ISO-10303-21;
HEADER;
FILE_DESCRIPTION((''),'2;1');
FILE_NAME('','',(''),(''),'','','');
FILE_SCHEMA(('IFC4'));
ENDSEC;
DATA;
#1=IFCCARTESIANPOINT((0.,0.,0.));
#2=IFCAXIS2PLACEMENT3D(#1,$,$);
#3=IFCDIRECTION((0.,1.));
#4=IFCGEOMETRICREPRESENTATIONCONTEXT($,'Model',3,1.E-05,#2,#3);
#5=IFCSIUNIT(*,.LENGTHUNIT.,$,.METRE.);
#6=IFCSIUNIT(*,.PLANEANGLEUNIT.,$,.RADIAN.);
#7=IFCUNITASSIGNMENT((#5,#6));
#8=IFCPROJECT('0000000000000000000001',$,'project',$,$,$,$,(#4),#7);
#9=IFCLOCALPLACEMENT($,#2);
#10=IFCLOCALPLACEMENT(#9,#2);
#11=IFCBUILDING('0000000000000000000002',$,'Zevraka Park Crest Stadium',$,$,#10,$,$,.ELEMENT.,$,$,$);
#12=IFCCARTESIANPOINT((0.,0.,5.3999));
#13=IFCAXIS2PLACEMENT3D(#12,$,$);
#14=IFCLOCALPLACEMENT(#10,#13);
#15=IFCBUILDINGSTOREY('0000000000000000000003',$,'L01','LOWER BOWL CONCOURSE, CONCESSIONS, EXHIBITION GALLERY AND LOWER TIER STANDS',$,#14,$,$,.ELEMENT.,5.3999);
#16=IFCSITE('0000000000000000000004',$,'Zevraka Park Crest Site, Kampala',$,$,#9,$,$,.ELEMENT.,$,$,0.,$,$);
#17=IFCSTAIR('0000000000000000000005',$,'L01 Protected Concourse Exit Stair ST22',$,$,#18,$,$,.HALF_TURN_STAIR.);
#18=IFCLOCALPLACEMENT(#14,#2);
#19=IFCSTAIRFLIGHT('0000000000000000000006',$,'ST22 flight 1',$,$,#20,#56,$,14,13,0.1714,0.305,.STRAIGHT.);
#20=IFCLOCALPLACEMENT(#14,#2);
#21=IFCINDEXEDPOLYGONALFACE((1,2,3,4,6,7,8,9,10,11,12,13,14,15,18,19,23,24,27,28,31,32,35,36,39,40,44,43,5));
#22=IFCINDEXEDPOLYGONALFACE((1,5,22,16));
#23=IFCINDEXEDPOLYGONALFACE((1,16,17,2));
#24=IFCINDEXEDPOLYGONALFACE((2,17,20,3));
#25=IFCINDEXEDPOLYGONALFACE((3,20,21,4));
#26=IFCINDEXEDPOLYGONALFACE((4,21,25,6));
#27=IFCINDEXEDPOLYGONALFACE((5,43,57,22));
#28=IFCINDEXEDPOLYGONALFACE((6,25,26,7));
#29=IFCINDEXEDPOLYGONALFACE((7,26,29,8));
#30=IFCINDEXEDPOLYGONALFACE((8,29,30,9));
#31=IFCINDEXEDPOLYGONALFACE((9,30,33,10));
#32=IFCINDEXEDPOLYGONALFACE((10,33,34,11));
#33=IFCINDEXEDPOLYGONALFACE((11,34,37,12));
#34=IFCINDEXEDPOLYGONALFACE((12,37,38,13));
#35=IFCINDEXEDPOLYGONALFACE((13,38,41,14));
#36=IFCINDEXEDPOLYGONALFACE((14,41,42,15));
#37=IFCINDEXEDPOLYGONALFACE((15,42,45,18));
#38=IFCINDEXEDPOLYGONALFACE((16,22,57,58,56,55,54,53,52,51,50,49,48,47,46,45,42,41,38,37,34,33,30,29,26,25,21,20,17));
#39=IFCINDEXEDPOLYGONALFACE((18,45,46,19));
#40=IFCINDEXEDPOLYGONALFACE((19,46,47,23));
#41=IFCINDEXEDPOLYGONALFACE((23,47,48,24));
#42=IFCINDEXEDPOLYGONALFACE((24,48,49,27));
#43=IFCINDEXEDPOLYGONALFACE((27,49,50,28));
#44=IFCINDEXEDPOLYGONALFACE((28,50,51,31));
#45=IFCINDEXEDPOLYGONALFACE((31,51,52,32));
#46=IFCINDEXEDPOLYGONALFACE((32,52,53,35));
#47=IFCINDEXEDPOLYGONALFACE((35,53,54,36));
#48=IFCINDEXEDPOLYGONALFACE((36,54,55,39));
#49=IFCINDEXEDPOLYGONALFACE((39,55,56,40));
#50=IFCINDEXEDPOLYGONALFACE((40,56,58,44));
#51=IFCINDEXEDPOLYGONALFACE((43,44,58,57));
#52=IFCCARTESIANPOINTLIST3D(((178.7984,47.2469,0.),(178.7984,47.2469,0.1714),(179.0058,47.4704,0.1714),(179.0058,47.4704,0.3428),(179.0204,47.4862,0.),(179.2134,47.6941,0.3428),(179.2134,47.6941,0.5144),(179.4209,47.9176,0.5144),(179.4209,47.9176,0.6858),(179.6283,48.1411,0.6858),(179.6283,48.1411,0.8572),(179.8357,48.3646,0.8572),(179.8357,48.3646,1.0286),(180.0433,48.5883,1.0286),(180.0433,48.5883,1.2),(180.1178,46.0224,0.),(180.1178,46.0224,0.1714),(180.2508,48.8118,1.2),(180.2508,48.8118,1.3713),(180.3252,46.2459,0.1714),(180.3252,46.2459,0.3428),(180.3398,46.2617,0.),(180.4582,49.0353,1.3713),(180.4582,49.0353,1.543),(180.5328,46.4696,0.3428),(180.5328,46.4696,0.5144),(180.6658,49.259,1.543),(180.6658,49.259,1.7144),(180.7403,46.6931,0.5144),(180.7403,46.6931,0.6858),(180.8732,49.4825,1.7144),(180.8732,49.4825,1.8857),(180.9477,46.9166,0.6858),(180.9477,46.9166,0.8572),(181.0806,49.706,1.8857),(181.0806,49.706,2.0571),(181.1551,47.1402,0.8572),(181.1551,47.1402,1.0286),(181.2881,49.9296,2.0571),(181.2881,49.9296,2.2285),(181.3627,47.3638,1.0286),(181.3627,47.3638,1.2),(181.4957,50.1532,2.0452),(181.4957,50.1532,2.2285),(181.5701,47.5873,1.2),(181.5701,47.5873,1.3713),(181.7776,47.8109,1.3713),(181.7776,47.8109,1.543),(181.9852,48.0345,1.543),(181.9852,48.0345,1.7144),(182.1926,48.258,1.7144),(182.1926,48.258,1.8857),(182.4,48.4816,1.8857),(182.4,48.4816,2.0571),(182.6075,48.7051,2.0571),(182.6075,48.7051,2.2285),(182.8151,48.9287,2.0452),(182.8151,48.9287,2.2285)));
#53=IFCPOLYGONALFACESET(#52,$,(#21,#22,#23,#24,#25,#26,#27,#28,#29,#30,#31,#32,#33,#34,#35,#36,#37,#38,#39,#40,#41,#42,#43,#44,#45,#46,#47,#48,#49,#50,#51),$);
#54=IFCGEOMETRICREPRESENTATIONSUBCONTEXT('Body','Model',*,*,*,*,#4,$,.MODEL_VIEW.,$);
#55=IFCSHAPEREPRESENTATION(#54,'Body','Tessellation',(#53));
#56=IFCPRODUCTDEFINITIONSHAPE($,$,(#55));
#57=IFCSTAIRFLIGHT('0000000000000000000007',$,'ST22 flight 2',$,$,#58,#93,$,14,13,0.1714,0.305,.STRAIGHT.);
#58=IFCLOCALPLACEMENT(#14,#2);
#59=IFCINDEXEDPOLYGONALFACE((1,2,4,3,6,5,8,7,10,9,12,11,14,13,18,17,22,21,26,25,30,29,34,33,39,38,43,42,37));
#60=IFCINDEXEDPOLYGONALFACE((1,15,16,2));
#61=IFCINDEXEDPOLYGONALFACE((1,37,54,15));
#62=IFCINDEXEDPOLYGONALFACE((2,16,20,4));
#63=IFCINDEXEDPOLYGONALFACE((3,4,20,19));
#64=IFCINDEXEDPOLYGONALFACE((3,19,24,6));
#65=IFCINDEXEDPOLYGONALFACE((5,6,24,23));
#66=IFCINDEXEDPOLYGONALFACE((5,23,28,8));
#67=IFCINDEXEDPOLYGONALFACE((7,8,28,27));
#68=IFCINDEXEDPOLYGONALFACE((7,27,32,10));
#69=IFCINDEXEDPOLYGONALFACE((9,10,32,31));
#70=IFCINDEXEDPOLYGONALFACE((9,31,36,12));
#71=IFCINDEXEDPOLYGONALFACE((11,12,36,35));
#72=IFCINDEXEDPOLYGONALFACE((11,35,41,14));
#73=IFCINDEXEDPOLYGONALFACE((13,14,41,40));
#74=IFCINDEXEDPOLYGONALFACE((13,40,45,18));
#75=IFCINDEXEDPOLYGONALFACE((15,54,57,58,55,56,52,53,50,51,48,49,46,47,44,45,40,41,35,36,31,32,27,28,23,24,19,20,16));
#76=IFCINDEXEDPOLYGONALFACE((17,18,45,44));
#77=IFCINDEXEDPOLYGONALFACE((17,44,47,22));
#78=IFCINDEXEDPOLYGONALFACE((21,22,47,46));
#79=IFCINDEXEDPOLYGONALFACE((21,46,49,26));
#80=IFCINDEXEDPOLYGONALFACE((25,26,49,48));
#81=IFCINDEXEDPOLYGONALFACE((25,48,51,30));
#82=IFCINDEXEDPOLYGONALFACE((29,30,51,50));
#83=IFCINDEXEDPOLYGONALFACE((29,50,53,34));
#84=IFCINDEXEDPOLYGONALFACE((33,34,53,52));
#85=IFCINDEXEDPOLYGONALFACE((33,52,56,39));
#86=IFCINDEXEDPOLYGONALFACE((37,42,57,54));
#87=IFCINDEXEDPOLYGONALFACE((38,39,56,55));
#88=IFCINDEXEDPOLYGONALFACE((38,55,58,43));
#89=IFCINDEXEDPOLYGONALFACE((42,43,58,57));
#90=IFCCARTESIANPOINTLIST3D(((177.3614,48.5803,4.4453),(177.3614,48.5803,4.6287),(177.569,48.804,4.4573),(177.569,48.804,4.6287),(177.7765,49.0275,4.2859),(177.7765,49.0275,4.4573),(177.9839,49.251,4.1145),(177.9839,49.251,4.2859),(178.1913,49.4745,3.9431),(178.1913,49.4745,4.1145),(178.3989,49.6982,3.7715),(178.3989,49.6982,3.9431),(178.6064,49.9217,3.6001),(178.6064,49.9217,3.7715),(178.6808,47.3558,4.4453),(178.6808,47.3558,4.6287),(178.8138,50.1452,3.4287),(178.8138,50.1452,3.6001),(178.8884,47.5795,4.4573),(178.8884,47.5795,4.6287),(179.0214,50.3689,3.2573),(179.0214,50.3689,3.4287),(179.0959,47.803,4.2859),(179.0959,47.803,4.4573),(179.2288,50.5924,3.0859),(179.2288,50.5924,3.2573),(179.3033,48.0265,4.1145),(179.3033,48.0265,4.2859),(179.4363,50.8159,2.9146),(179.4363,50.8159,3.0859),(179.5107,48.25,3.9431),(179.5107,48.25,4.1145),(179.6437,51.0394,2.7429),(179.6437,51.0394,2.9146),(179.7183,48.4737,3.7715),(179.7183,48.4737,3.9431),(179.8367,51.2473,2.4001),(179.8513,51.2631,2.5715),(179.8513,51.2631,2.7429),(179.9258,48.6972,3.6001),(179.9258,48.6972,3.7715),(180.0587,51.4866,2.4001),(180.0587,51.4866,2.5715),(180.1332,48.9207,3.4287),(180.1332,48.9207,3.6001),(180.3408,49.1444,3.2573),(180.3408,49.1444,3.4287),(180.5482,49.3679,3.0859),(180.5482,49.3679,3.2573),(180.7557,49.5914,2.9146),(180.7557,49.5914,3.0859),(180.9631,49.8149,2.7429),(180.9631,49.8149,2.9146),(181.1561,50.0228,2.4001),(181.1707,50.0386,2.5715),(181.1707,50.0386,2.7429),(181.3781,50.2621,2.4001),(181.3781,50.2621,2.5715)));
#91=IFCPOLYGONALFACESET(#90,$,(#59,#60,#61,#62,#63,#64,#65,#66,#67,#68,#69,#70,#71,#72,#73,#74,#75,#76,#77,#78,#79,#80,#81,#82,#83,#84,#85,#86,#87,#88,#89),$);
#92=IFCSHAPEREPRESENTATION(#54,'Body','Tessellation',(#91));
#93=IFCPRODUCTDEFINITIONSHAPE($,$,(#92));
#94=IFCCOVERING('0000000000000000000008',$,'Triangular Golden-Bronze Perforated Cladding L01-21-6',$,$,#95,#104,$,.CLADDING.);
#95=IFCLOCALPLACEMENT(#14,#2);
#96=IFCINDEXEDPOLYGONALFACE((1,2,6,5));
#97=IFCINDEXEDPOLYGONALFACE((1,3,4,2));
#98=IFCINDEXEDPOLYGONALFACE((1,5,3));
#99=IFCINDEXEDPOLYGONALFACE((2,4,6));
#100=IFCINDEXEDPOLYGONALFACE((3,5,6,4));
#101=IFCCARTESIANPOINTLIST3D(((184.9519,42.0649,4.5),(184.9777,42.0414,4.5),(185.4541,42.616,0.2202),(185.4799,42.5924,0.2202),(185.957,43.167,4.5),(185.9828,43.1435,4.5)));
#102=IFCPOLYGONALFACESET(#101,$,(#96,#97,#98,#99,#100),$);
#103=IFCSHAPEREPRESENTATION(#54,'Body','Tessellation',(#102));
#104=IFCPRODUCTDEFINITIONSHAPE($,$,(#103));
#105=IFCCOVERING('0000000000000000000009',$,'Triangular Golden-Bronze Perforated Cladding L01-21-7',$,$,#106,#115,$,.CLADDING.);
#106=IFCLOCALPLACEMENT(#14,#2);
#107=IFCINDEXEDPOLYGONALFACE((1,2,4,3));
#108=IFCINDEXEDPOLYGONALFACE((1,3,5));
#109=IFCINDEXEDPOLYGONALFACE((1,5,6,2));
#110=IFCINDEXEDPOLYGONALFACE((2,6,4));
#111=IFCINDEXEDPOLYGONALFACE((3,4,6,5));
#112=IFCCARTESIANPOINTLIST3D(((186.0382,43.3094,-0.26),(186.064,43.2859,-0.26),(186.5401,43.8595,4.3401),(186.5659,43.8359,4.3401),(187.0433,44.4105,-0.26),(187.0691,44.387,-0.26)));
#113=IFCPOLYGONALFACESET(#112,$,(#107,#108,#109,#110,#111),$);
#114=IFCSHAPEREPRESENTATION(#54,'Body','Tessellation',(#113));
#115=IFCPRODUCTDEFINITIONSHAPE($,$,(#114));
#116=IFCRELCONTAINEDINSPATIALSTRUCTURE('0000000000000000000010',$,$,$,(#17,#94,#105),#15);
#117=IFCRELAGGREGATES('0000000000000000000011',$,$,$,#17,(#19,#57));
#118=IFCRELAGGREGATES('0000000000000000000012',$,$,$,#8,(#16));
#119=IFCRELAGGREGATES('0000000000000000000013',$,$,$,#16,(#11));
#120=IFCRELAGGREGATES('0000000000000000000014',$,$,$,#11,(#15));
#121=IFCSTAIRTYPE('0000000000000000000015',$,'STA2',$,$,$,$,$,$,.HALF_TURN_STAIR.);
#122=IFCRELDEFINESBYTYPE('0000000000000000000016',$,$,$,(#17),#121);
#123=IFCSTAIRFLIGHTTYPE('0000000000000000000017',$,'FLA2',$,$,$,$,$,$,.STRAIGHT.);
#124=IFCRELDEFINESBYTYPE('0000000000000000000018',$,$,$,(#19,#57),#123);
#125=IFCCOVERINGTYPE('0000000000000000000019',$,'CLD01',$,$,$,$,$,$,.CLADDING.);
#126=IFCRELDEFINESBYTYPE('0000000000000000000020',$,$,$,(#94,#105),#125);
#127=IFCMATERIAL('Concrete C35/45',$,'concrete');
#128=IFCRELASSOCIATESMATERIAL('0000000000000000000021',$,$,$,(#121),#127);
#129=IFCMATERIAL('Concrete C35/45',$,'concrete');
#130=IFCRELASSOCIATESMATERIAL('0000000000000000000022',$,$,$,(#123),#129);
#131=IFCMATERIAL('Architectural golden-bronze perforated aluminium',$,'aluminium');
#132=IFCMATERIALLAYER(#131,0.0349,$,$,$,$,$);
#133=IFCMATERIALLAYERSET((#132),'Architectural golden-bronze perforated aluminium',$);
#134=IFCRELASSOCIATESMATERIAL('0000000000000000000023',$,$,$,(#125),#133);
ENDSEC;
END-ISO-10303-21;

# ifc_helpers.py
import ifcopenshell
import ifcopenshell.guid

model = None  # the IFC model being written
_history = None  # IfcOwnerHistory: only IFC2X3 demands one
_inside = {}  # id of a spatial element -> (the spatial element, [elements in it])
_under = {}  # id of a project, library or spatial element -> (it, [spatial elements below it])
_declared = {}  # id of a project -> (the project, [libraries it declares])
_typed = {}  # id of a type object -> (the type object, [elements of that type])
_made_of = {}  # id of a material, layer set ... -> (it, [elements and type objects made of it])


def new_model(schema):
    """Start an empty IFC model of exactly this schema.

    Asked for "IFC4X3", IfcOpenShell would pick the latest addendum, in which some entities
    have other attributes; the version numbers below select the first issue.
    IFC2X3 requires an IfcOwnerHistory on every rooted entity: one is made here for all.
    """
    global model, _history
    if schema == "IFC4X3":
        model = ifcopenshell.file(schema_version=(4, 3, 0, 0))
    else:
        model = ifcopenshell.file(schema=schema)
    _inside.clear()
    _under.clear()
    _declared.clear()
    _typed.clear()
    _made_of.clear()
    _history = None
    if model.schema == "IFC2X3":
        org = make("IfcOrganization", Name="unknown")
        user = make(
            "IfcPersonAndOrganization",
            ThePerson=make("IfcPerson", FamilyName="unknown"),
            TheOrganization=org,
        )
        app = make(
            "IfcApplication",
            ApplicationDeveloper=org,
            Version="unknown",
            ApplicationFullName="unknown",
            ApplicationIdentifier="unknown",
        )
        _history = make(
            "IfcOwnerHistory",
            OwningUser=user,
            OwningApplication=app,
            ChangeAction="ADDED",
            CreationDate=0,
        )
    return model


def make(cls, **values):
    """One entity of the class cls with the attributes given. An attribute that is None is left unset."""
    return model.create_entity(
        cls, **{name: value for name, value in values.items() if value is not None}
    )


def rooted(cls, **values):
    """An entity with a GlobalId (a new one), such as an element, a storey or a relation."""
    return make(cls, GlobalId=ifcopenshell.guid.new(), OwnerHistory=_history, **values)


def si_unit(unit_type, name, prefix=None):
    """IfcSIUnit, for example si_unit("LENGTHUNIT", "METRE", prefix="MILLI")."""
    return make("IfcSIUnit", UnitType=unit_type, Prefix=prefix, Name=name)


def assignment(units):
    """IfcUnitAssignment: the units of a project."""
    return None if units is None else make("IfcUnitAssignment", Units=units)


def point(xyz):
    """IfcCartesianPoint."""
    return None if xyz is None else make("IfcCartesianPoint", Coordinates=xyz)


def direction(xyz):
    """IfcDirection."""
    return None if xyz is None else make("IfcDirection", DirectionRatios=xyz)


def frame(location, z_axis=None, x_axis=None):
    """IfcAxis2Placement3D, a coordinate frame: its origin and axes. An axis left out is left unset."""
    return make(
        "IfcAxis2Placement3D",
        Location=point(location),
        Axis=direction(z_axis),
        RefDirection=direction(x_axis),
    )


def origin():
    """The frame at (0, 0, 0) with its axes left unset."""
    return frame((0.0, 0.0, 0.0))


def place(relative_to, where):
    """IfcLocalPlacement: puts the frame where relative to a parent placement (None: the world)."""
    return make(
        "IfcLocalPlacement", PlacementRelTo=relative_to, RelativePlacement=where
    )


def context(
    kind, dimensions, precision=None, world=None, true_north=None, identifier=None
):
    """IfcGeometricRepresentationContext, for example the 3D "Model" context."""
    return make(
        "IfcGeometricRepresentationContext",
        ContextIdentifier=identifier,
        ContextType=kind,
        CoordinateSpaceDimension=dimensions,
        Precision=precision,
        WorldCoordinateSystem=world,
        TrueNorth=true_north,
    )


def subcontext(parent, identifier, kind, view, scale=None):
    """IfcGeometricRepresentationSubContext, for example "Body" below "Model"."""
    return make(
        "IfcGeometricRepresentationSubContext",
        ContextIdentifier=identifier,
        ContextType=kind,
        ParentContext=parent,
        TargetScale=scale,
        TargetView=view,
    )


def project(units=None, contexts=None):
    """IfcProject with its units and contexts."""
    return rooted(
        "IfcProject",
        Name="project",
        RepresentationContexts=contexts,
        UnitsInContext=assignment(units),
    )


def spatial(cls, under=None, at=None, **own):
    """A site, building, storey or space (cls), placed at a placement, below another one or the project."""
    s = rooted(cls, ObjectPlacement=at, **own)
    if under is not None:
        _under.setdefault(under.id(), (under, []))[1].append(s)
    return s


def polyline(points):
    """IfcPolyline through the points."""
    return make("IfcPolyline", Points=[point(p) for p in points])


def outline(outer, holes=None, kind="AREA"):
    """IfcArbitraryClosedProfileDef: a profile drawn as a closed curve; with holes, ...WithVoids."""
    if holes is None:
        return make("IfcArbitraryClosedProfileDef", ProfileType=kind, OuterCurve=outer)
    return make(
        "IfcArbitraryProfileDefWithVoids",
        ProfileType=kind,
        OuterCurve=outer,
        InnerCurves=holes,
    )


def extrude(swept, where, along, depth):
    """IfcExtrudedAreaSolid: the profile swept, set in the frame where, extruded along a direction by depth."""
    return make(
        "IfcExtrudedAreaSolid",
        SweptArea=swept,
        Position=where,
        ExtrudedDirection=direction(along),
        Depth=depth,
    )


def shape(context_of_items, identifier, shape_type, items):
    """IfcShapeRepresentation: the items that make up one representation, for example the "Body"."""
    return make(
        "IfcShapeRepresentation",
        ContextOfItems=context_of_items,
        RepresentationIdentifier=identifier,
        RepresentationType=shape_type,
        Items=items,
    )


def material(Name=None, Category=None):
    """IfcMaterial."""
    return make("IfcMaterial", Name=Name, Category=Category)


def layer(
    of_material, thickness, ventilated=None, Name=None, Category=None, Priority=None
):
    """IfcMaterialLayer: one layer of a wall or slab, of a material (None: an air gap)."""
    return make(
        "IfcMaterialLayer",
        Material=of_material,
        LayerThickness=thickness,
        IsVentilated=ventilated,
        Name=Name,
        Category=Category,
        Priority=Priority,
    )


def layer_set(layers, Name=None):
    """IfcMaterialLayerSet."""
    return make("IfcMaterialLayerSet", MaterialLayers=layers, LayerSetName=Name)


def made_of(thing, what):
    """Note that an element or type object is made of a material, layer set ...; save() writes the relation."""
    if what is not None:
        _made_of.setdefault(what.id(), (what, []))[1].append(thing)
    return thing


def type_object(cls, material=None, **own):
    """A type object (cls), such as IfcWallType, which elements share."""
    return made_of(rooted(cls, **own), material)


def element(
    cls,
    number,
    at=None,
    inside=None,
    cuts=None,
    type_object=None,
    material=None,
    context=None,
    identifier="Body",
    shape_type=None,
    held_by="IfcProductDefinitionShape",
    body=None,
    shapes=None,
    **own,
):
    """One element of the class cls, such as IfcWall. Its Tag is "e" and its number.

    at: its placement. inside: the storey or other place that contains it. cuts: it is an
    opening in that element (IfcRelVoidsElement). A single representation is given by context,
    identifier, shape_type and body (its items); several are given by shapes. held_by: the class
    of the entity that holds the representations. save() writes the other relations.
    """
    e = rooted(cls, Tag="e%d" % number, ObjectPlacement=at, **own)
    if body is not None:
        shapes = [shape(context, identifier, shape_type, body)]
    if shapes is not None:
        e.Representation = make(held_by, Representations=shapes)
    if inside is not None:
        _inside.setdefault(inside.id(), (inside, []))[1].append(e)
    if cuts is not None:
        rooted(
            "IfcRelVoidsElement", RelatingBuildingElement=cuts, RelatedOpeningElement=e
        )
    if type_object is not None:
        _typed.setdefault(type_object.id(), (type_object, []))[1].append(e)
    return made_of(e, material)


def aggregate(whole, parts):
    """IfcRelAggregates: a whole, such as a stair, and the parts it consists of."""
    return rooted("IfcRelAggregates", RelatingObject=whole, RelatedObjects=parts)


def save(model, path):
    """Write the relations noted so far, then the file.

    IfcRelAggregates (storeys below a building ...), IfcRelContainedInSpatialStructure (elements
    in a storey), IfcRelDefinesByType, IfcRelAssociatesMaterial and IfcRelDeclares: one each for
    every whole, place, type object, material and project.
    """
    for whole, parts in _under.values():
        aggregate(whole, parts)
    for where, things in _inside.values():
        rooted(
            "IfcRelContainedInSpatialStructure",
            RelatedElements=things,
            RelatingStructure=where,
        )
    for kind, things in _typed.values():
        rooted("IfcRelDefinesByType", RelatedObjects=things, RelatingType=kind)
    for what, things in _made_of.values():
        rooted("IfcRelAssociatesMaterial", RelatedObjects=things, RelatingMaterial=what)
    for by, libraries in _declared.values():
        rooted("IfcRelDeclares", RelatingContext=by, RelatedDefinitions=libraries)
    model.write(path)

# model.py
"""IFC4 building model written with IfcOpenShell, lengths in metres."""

from ifc_helpers import new_model, si_unit, direction, frame, origin, place, context, subcontext, project, spatial, polyline, outline, extrude, material, layer, layer_set, type_object, element, aggregate, save


model = new_model("IFC4")

# Units and contexts
model_context = context("Model", 3, precision=1e-05, world=origin(), true_north=direction((0.0, 1.0)))
body_context = subcontext(model_context, "Body", "Model", "MODEL_VIEW")
ifc_project = project(units=[si_unit("LENGTHUNIT", "METRE"), si_unit("PLANEANGLEUNIT", "RADIAN")], contexts=[model_context])

# Site, building, storey
site_placement = place(None, origin())
site = spatial("IfcSite", under=ifc_project, at=site_placement, Name="Zevraka Park Crest Site, Kampala", CompositionType="ELEMENT", RefElevation=0.0)
building_placement = place(site_placement, origin())
building = spatial("IfcBuilding", under=site, at=building_placement, Name="Zevraka Park Crest Stadium", CompositionType="ELEMENT")
storey_placement = place(building_placement, frame((0.0, 0.0, 5.3999)))
storey = spatial("IfcBuildingStorey", under=building, at=storey_placement, Name="L01", Description="LOWER BOWL CONCOURSE, CONCESSIONS, EXHIBITION GALLERY AND LOWER TIER STANDS", CompositionType="ELEMENT", Elevation=5.3999)

# Stair, stair flights
ifc_material_1 = material(Name="Concrete C35/45", Category="concrete")
stair_type = type_object("IfcStairType", Name="STA2", PredefinedType="HALF_TURN_STAIR", material=ifc_material_1)
stair_placement = place(storey_placement, origin())
stair = element("IfcStair", 1, at=stair_placement, inside=storey, type_object=stair_type, Name="L01 Protected Concourse Exit Stair ST22", PredefinedType="HALF_TURN_STAIR")
ifc_material_2 = material(Name="Concrete C35/45", Category="concrete")
stair_flight_type = type_object("IfcStairFlightType", Name="FLA2", PredefinedType="STRAIGHT", material=ifc_material_2)
stair_flight_1_placement = place(storey_placement, frame((179.458, 46.6348, 0.0), z_axis=(0.0, 0.0, 1.0), x_axis=(0.680255, 0.732975, 0.0)))
stair_flight_1 = element("IfcStairFlight", 2, at=stair_flight_1_placement, type_object=stair_flight_type, Name="ST22 flight 1", NumberOfRisers=14, NumberOfTreads=13, PredefinedType="STRAIGHT", RiserHeight=0.1714, TreadLength=0.305, context=body_context, shape_type="SweptSolid", body=[
    extrude(outline(polyline([(0.0, 0.0), (0.0, 0.1714), (0.3049, 0.1714), (0.3049, 0.3428), (0.6101, 0.3428), (0.6101, 0.5144), (0.915, 0.5144), (0.915, 0.6858), (1.22, 0.6858), (1.22, 0.8572), (1.5249, 0.8572), (1.5249, 1.0286), (1.8301, 1.0286), (1.8301, 1.2), (2.135, 1.2), (2.135, 1.3713), (2.4399, 1.3713), (2.4399, 1.543), (2.7451, 1.543), (2.7451, 1.7144), (3.05, 1.7144), (3.05, 1.8857), (3.355, 1.8857), (3.355, 2.0571), (3.6599, 2.0571), (3.6599, 2.2285), (3.9651, 2.2285), (3.9651, 2.3999), (3.9651, 2.0452), (0.3264, 0.0), (0.0, 0.0)])), frame((0.0, 0.8999, 0.0), z_axis=(0.0, -1.0, 0.0), x_axis=(1.0, 0.0, 0.0)), (0.0, 0.0, 1.0), 1.8),
])
stair_flight_2_placement = place(storey_placement, frame((180.7185, 50.8743, 2.4001), z_axis=(0.0, 0.0, 1.0), x_axis=(-0.680255, -0.732975, 0.0)))
stair_flight_2 = element("IfcStairFlight", 3, at=stair_flight_2_placement, type_object=stair_flight_type, Name="ST22 flight 2", NumberOfRisers=14, NumberOfTreads=13, PredefinedType="STRAIGHT", RiserHeight=0.1714, TreadLength=0.305, context=body_context, shape_type="SweptSolid", body=[
    extrude(outline(polyline([(0.0, 0.0), (0.0, 0.1714), (0.3049, 0.1714), (0.3049, 0.3428), (0.6101, 0.3428), (0.6101, 0.5144), (0.915, 0.5144), (0.915, 0.6858), (1.22, 0.6858), (1.22, 0.8572), (1.5249, 0.8572), (1.5249, 1.0286), (1.8301, 1.0286), (1.8301, 1.2), (2.135, 1.2), (2.135, 1.3713), (2.4399, 1.3713), (2.4399, 1.543), (2.7451, 1.543), (2.7451, 1.7144), (3.05, 1.7144), (3.05, 1.8857), (3.355, 1.8857), (3.355, 2.0571), (3.6599, 2.0571), (3.6599, 2.2285), (3.9651, 2.2285), (3.9651, 2.3999), (3.9651, 2.0452), (0.3264, 0.0), (0.0, 0.0)])), frame((0.0, 0.8999, 0.0), z_axis=(0.0, -1.0, 0.0), x_axis=(1.0, 0.0, 0.0)), (0.0, 0.0, 1.0), 1.8),
])
aggregate(stair, [stair_flight_1, stair_flight_2])

# Coverings
ifc_material_3 = material(Name="Architectural golden-bronze perforated aluminium", Category="aluminium")
ifc_layer_1 = layer(ifc_material_3, 0.0349)
ifc_layer_set_1 = layer_set([ifc_layer_1], Name="Architectural golden-bronze perforated aluminium")
covering_type = type_object("IfcCoveringType", Name="CLD01", PredefinedType="CLADDING", material=ifc_layer_set_1)
covering_1_placement = place(storey_placement, frame((185.957, 43.167, 4.5), z_axis=(-0.73885, 0.67387, 0.000063), x_axis=(-0.67387, -0.73885, 0.0)))
element("IfcCovering", 4, at=covering_1_placement, inside=storey, type_object=covering_type, Name="Triangular Golden-Bronze Perforated Cladding L01-21-6", PredefinedType="CLADDING", context=body_context, shape_type="SweptSolid", body=[
    extrude(outline(polyline([(0.0, 0.0), (1.4916, 0.0), (0.746, -4.2798), (0.0, 0.0)])), origin(), (0.0, 0.0, -1.0), 0.0349),
])
covering_2_placement = place(storey_placement, frame((186.064, 43.2859, -0.26), z_axis=(0.738553, -0.674196, 0.000026), x_axis=(0.674196, 0.738553, 0.0)))
element("IfcCovering", 5, at=covering_2_placement, inside=storey, type_object=covering_type, Name="Triangular Golden-Bronze Perforated Cladding L01-21-7", PredefinedType="CLADDING", context=body_context, shape_type="SweptSolid", body=[
    extrude(outline(polyline([(0.0, 0.0), (1.4909, 0.0), (0.7447, 4.6001), (0.0, 0.0)])), origin(), (0.0, 0.0, -1.0), 0.0349),
])

save(model, "model.ifc")
